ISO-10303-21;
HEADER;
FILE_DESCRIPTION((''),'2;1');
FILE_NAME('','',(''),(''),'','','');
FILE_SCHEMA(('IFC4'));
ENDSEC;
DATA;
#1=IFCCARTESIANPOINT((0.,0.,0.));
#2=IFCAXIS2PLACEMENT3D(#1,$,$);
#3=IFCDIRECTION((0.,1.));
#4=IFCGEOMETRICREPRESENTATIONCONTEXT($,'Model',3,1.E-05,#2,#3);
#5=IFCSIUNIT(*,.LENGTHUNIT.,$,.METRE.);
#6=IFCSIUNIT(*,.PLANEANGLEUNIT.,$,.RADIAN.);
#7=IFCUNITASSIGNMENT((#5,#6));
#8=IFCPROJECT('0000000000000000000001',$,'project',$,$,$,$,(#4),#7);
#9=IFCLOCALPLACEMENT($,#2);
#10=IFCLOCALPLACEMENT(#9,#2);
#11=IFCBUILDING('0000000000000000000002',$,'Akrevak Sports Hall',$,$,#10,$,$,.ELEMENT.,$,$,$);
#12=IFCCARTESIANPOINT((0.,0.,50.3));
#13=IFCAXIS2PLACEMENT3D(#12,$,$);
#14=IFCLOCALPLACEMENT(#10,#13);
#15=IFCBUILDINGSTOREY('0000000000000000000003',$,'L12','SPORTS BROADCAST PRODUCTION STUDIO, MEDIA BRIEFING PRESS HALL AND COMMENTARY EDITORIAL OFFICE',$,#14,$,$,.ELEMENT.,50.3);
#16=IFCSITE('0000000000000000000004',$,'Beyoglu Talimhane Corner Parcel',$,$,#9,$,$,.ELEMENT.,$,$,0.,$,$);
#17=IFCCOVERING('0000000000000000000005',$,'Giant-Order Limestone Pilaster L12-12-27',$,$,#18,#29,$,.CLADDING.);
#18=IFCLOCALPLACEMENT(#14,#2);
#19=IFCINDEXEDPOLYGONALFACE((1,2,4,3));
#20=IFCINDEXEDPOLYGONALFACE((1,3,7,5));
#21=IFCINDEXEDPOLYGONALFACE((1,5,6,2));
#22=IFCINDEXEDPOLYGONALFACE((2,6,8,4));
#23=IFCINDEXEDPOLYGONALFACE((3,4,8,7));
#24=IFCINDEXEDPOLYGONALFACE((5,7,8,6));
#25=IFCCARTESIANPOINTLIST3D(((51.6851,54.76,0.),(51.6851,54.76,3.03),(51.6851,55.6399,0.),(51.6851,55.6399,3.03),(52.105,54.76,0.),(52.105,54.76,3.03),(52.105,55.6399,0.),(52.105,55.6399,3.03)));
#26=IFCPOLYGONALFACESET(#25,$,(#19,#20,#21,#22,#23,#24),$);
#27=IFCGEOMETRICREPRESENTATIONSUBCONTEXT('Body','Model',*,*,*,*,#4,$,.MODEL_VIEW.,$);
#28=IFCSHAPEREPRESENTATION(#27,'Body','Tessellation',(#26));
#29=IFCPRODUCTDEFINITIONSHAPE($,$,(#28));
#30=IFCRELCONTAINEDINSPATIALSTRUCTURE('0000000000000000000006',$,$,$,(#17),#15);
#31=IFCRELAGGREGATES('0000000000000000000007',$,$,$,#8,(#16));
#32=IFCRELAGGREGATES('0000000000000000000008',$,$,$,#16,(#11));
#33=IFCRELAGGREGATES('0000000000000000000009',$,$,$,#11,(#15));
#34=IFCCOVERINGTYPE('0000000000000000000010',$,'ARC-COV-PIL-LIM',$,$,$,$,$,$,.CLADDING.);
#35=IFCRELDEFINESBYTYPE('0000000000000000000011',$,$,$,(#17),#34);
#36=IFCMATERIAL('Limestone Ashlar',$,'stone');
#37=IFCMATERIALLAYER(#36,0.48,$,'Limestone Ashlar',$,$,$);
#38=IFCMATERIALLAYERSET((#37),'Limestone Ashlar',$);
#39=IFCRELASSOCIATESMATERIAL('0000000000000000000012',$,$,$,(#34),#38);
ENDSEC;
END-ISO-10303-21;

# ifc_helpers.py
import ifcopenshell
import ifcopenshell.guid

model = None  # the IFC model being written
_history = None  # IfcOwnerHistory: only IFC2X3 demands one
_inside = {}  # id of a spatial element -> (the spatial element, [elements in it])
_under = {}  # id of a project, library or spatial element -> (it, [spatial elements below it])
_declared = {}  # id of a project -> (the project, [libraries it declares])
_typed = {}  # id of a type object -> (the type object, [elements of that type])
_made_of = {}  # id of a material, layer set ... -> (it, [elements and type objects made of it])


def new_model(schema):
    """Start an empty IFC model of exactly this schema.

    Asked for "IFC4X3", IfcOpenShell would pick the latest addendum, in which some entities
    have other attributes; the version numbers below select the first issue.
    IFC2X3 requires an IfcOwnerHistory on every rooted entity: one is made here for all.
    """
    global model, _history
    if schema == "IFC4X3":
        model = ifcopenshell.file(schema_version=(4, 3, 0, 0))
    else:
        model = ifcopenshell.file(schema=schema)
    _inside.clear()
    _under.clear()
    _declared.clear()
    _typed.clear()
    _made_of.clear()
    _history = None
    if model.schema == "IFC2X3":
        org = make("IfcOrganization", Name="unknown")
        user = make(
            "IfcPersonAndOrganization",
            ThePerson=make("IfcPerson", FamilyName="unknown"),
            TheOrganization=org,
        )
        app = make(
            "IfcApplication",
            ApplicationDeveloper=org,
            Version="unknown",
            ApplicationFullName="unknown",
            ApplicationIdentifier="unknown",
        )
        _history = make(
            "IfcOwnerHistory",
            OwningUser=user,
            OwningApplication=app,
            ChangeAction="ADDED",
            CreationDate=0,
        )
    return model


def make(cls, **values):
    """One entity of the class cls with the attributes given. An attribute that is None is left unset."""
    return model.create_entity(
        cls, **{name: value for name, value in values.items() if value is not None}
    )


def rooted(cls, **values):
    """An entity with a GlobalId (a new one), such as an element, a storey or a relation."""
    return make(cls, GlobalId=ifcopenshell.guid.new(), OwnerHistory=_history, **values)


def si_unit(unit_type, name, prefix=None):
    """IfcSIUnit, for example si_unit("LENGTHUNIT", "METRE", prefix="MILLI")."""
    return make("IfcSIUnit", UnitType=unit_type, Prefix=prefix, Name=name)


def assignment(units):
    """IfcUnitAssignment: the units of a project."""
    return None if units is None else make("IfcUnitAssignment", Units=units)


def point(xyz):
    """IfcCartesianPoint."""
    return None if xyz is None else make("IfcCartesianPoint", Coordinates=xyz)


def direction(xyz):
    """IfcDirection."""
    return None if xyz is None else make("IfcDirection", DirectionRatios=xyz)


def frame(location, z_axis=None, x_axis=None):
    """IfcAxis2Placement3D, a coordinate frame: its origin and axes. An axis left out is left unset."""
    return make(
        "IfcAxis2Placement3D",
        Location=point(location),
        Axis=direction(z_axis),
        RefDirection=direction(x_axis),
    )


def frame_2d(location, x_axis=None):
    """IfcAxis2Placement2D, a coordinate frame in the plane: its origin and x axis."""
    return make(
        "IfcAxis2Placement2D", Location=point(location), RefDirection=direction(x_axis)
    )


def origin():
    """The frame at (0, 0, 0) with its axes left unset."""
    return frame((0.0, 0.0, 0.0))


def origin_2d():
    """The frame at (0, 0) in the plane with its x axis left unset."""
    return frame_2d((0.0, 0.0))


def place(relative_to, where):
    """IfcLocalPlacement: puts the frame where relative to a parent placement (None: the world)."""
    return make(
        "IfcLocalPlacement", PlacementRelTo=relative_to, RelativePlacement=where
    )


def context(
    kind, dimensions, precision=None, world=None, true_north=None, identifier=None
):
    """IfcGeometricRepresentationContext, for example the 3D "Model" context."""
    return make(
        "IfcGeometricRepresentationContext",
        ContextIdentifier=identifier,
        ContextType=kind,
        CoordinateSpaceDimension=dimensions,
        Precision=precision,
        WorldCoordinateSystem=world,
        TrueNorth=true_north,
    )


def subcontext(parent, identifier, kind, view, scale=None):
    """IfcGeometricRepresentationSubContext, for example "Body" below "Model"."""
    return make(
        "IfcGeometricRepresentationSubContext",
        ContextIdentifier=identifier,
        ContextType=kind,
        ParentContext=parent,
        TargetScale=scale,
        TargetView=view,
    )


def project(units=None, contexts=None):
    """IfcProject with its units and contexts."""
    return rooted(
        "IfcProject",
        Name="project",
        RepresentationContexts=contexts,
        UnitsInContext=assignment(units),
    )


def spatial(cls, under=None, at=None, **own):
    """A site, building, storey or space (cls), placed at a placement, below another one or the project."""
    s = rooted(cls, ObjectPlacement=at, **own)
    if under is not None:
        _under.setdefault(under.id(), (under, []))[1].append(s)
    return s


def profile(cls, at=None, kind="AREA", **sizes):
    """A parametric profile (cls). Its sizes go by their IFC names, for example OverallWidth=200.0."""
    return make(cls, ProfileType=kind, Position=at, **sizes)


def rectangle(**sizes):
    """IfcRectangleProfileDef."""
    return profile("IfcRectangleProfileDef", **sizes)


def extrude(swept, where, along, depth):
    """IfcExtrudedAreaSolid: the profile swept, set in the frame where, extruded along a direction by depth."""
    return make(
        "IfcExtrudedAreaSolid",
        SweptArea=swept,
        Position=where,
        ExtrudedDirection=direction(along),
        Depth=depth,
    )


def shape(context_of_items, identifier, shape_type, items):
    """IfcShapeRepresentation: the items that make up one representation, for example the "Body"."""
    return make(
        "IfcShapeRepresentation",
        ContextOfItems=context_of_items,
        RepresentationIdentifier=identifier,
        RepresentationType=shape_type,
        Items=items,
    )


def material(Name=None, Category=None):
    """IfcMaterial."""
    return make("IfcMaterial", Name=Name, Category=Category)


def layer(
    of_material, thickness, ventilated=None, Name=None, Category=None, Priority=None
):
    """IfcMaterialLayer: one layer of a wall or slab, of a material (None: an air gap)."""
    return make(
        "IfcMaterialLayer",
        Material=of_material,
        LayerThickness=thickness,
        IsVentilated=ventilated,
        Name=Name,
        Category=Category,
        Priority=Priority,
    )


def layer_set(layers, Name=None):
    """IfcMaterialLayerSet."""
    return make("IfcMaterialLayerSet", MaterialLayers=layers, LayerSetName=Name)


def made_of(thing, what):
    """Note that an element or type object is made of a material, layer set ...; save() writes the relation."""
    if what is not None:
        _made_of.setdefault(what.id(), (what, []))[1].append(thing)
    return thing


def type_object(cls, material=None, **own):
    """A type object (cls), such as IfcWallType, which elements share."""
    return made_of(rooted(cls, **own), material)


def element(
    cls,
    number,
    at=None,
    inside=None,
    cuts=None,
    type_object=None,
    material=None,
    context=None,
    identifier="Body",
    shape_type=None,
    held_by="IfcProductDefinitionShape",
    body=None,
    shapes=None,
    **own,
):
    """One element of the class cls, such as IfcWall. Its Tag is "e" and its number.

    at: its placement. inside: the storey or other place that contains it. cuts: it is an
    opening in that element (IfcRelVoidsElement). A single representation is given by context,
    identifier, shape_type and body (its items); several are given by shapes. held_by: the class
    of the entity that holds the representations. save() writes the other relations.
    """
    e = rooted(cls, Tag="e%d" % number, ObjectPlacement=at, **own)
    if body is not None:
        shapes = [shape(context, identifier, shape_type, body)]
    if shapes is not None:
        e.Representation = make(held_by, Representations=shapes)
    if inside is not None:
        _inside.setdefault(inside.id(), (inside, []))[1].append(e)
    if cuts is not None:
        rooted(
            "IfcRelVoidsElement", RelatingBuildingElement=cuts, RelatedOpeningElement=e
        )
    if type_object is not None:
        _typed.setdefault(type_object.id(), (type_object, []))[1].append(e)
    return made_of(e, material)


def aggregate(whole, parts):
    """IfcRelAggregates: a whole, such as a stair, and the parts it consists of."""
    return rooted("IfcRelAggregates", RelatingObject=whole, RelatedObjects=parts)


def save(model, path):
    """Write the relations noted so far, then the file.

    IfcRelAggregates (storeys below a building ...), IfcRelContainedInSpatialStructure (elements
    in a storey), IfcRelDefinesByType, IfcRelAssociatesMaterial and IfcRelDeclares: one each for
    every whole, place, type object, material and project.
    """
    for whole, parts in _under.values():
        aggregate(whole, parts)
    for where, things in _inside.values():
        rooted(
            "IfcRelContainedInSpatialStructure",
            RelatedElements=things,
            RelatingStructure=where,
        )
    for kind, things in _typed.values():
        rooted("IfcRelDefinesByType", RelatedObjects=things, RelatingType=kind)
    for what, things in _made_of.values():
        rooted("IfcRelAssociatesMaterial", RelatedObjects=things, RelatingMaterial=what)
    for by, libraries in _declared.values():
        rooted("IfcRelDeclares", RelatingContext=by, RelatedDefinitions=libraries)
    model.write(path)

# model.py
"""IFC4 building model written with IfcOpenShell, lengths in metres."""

from ifc_helpers import new_model, si_unit, direction, frame, origin, origin_2d, place, context, subcontext, project, spatial, rectangle, extrude, material, layer, layer_set, type_object, element, save


model = new_model("IFC4")

# Units and contexts
model_context = context("Model", 3, precision=1e-05, world=origin(), true_north=direction((0.0, 1.0)))
body_context = subcontext(model_context, "Body", "Model", "MODEL_VIEW")
ifc_project = project(units=[si_unit("LENGTHUNIT", "METRE"), si_unit("PLANEANGLEUNIT", "RADIAN")], contexts=[model_context])

# Site, building, storey
site_placement = place(None, origin())
site = spatial("IfcSite", under=ifc_project, at=site_placement, Name="Beyoglu Talimhane Corner Parcel", CompositionType="ELEMENT", RefElevation=0.0)
building_placement = place(site_placement, origin())
building = spatial("IfcBuilding", under=site, at=building_placement, Name="Akrevak Sports Hall", CompositionType="ELEMENT")
storey_placement = place(building_placement, frame((0.0, 0.0, 50.3)))
storey = spatial("IfcBuildingStorey", under=building, at=storey_placement, Name="L12", Description="SPORTS BROADCAST PRODUCTION STUDIO, MEDIA BRIEFING PRESS HALL AND COMMENTARY EDITORIAL OFFICE", CompositionType="ELEMENT", Elevation=50.3)

# Covering
ifc_material_1 = material(Name="Limestone Ashlar", Category="stone")
ifc_layer_1 = layer(ifc_material_1, 0.48, Name="Limestone Ashlar")
ifc_layer_set_1 = layer_set([ifc_layer_1], Name="Limestone Ashlar")
covering_type = type_object("IfcCoveringType", Name="ARC-COV-PIL-LIM", PredefinedType="CLADDING", material=ifc_layer_set_1)
for number, where, z_axis, x_axis, name in (
    (1, (51.895, 55.2, 0.0), (0.0, 0.0, 1.0), (0.0, -1.0, 0.0), "Giant-Order Limestone Pilaster L12-12-27"),
):
    element("IfcCovering", number, at=place(storey_placement, frame(where, z_axis=z_axis, x_axis=x_axis)), inside=storey, type_object=covering_type, Name=name, PredefinedType="CLADDING", context=body_context, shape_type="SweptSolid", body=[
        extrude(rectangle(XDim=0.8799, YDim=0.4199, at=origin_2d()), origin(), (0.0, 0.0, 1.0), 3.03),
    ])

save(model, "model.ifc")
